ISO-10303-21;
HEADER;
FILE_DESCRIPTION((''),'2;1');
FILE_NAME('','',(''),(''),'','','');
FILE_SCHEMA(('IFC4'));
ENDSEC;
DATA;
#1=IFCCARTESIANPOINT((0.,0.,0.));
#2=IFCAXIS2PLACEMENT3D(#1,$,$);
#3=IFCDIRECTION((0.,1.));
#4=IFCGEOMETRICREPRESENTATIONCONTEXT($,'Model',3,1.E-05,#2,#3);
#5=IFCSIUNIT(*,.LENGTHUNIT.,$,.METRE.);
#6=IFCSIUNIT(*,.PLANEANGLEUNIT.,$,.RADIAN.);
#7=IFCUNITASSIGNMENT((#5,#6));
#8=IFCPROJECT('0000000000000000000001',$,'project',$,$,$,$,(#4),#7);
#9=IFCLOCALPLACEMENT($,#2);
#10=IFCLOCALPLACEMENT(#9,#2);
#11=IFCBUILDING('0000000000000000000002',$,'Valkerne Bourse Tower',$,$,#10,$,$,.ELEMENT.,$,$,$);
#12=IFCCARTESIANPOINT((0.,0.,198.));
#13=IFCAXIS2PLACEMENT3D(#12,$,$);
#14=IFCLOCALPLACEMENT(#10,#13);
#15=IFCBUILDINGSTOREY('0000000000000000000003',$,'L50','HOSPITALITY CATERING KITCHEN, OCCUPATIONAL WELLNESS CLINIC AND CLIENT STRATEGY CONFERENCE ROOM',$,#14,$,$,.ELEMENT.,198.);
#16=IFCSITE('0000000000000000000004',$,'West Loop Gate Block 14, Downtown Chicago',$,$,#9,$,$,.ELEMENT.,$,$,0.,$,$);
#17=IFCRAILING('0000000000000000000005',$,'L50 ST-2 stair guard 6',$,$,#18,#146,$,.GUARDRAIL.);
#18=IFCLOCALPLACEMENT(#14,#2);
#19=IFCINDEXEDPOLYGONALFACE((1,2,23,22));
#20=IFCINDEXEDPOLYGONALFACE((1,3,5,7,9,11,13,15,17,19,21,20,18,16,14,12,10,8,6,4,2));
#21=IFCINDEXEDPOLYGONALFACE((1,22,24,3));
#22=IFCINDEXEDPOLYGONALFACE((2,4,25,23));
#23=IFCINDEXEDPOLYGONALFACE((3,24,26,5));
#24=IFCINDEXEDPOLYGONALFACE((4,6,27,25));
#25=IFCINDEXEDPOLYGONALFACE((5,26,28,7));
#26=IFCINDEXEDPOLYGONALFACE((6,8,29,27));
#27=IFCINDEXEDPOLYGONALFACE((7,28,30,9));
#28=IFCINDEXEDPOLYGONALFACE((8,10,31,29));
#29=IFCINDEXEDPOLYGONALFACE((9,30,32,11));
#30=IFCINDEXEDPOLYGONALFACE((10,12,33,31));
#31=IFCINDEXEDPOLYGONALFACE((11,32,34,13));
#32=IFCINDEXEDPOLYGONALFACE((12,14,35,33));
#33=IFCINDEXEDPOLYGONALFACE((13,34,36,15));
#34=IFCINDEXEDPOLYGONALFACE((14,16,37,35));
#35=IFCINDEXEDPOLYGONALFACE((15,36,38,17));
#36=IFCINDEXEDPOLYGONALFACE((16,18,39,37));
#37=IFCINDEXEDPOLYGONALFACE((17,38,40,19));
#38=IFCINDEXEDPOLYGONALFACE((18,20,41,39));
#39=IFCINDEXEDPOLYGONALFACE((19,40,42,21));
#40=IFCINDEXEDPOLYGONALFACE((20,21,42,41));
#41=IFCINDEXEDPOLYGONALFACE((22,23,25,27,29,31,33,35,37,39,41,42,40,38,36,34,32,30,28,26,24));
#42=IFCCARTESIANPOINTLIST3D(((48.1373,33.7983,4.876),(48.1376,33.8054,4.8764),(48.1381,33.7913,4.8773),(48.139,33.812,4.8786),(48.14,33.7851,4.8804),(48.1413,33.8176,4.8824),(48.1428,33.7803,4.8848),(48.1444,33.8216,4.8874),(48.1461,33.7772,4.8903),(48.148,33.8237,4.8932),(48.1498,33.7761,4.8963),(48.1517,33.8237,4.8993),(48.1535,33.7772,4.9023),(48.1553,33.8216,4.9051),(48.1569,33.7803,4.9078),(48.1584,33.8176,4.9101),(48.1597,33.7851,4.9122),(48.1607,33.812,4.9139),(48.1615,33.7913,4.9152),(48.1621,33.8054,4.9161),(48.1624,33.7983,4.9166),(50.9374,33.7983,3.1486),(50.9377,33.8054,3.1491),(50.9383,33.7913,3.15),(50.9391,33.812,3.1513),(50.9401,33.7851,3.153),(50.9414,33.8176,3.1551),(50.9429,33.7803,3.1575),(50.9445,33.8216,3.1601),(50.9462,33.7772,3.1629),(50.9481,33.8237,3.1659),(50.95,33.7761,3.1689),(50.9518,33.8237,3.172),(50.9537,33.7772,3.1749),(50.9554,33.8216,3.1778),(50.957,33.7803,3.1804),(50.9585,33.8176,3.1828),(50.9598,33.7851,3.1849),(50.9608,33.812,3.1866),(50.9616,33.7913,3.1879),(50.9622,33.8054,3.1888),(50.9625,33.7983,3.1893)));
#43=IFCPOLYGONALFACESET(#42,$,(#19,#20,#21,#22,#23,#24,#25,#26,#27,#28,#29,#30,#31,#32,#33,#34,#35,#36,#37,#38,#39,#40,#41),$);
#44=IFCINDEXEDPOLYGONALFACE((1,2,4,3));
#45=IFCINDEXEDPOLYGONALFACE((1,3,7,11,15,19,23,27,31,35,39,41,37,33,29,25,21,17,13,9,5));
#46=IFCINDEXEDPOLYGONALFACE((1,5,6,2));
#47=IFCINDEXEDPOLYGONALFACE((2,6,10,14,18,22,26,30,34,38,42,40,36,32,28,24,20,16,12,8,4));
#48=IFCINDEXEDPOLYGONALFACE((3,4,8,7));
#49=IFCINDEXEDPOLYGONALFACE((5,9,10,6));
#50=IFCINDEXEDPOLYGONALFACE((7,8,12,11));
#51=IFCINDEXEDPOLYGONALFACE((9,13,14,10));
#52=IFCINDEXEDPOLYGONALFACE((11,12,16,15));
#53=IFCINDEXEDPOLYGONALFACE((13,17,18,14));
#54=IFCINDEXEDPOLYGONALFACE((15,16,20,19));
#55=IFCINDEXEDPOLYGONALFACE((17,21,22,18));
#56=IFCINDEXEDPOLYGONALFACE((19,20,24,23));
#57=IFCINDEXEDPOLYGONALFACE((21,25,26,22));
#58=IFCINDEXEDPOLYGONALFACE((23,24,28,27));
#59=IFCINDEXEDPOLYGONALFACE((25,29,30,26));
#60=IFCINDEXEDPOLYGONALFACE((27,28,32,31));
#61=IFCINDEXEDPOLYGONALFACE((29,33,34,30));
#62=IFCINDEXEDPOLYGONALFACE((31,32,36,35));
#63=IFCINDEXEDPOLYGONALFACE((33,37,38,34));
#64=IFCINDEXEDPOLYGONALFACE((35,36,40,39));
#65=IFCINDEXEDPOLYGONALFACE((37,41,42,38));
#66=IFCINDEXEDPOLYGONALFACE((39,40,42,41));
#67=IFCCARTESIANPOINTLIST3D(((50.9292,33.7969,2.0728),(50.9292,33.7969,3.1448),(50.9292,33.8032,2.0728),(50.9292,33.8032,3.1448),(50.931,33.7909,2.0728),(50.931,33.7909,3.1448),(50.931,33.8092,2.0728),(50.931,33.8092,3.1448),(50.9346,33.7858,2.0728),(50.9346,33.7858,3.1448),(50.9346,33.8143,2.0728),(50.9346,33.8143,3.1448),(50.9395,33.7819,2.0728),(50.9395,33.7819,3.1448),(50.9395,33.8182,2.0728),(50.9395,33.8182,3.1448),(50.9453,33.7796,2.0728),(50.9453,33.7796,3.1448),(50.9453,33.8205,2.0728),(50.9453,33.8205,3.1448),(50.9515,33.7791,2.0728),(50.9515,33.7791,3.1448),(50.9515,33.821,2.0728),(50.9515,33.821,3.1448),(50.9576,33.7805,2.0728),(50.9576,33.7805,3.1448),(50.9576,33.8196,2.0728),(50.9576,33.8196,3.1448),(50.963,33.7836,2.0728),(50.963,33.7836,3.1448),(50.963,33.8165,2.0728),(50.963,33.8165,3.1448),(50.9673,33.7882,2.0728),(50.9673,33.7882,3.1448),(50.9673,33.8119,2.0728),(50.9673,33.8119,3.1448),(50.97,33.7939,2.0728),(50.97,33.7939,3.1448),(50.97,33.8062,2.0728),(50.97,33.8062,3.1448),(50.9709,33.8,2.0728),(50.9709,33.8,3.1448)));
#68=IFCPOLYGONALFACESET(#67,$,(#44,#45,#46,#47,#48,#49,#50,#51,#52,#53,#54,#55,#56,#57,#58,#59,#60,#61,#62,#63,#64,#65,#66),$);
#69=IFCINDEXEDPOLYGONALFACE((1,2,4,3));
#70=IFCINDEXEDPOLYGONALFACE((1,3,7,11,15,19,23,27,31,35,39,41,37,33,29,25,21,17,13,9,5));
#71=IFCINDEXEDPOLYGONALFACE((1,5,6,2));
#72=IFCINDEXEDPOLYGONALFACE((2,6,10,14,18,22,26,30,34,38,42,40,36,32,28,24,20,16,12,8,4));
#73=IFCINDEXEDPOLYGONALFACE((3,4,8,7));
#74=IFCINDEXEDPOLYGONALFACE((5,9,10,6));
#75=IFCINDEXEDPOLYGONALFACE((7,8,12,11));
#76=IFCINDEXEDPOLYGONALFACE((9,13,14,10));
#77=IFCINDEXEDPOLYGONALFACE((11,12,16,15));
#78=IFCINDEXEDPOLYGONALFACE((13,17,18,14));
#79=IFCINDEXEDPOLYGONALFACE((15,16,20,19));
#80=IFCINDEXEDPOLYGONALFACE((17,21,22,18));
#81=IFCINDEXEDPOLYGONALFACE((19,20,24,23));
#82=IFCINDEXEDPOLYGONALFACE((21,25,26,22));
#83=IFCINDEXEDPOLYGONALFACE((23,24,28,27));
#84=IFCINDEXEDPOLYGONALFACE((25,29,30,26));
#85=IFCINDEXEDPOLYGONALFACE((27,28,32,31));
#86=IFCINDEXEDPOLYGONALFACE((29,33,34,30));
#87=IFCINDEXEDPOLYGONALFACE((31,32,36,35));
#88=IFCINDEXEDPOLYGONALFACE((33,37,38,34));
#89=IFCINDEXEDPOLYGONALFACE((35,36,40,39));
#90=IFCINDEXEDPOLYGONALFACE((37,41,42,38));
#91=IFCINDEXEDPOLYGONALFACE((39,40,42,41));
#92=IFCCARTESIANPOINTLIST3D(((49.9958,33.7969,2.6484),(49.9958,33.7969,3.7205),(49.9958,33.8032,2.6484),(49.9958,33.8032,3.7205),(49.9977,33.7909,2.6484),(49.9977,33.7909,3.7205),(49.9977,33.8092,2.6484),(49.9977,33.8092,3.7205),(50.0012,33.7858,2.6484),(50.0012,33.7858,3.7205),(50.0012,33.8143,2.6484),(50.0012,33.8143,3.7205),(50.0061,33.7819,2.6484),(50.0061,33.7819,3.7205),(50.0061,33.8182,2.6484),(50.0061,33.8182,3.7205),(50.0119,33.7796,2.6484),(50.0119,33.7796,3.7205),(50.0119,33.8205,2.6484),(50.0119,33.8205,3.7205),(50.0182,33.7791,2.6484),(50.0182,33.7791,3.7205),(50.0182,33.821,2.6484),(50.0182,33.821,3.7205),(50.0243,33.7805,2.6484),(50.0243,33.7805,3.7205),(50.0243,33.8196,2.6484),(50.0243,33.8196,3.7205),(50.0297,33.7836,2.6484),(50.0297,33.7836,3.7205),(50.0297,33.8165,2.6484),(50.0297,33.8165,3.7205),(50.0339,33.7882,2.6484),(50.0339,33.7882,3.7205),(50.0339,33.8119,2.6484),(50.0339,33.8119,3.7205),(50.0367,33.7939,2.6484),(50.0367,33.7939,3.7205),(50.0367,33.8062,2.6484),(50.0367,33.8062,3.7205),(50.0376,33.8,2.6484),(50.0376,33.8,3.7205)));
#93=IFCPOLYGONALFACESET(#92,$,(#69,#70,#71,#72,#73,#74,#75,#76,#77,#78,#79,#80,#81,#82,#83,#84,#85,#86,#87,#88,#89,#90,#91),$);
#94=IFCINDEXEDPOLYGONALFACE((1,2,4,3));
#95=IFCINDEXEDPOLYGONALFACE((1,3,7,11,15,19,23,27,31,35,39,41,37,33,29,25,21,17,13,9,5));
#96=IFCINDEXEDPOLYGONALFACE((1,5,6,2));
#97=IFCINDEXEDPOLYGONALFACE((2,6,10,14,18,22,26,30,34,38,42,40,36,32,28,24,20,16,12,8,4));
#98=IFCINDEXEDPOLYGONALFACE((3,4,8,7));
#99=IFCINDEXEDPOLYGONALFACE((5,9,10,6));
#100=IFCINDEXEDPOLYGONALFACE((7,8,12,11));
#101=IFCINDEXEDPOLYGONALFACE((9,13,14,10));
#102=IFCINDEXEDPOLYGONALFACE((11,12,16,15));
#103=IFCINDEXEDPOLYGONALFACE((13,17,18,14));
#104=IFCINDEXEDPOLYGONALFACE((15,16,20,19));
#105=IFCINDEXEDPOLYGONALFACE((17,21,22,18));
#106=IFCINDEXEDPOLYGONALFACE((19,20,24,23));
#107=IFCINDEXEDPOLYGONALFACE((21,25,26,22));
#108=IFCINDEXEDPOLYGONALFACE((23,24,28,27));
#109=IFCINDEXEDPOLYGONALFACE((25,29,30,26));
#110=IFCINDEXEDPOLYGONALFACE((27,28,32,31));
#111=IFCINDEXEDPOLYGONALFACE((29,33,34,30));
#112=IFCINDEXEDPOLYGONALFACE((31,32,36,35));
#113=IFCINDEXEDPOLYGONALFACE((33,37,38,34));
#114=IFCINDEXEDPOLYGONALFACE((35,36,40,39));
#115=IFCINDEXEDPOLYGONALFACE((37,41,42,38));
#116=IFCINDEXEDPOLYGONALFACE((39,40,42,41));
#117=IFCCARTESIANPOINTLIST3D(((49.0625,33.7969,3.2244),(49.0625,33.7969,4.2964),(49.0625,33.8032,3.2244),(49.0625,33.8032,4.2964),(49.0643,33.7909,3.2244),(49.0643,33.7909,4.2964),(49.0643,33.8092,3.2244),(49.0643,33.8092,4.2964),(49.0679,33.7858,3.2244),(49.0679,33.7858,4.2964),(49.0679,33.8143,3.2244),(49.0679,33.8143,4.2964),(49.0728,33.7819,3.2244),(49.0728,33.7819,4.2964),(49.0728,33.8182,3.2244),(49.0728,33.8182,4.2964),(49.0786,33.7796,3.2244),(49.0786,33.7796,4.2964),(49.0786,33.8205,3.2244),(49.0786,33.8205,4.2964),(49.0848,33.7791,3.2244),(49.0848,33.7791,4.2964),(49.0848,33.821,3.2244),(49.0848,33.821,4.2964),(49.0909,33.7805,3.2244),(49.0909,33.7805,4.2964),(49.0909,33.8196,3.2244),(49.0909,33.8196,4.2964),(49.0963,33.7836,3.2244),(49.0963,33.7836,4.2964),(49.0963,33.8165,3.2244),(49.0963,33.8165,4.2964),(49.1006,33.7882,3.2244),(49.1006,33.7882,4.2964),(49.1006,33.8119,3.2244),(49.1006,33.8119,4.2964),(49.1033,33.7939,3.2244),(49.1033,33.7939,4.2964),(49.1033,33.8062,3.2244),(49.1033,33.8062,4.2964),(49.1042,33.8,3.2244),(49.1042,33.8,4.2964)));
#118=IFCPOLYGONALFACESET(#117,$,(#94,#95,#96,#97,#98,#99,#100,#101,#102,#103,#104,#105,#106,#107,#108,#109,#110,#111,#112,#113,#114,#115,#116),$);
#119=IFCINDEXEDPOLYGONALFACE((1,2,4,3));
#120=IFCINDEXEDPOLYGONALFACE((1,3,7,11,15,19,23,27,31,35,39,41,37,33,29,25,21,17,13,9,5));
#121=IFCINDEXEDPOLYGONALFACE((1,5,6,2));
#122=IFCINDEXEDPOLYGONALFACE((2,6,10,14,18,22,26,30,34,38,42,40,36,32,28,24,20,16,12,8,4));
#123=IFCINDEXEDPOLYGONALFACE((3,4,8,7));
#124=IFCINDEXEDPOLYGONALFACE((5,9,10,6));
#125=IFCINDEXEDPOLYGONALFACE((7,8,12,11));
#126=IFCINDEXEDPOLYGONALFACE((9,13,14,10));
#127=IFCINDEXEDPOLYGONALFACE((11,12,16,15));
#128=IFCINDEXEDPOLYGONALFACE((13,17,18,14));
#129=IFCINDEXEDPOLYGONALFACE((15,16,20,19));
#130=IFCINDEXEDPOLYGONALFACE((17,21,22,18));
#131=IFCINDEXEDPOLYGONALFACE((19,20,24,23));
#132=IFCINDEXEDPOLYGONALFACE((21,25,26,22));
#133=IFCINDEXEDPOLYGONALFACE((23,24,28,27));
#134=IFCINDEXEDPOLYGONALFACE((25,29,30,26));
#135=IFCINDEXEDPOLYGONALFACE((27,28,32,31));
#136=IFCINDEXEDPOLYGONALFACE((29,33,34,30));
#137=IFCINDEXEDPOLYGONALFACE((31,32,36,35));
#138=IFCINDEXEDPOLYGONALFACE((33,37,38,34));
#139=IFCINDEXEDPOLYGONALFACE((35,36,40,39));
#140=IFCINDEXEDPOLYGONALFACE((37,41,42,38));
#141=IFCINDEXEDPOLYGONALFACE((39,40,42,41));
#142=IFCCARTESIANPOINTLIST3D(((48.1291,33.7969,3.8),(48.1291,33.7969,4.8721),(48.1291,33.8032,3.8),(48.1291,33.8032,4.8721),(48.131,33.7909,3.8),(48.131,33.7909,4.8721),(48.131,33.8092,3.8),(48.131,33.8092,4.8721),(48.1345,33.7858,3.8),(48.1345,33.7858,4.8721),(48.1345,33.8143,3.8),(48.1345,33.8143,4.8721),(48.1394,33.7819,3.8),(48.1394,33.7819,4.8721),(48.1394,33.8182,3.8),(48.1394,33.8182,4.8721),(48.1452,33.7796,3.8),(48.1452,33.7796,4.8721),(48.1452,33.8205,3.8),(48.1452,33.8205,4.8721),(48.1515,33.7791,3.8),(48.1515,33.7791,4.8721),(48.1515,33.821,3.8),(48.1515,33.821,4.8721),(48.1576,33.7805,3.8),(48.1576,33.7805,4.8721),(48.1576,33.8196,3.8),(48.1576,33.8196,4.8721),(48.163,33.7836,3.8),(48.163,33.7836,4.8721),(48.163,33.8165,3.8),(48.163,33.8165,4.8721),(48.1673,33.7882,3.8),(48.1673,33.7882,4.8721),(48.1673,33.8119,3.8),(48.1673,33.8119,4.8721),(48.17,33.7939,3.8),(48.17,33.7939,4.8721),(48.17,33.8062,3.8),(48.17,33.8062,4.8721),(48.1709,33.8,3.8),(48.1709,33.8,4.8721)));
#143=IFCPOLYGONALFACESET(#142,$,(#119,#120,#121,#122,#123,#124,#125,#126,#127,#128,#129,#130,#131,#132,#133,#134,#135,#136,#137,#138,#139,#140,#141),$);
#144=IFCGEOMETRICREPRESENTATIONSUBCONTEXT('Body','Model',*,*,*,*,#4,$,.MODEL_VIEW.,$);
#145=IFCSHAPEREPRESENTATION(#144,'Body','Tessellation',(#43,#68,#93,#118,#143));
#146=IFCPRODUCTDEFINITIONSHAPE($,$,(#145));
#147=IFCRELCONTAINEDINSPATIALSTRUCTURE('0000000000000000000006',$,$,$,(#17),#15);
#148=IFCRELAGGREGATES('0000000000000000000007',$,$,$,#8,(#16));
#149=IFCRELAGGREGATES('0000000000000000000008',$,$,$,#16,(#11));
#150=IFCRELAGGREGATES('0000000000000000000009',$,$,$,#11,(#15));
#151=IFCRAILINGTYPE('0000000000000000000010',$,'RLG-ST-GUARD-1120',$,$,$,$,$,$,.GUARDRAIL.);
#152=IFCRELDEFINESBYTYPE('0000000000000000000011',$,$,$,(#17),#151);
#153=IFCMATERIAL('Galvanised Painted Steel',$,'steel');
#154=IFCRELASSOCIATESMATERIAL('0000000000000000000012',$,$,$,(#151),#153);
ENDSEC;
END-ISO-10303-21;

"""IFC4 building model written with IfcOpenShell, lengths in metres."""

from ifc_helpers import new_model, si_unit, direction, frame, origin, origin_2d, place, context, subcontext, project, spatial, circle, extrude, material, type_object, element, save


model = new_model("IFC4")

# Units and contexts
model_context = context("Model", 3, precision=1e-05, world=origin(), true_north=direction((0.0, 1.0)))
body_context = subcontext(model_context, "Body", "Model", "MODEL_VIEW")
ifc_project = project(units=[si_unit("LENGTHUNIT", "METRE"), si_unit("PLANEANGLEUNIT", "RADIAN")], contexts=[model_context])

# Site, building, storey
site_placement = place(None, origin())
site = spatial("IfcSite", under=ifc_project, at=site_placement, Name="West Loop Gate Block 14, Downtown Chicago", CompositionType="ELEMENT", RefElevation=0.0)
building_placement = place(site_placement, origin())
building = spatial("IfcBuilding", under=site, at=building_placement, Name="Valkerne Bourse Tower", CompositionType="ELEMENT")
storey_placement = place(building_placement, frame((0.0, 0.0, 198.0)))
storey = spatial("IfcBuildingStorey", under=building, at=storey_placement, Name="L50", Description="HOSPITALITY CATERING KITCHEN, OCCUPATIONAL WELLNESS CLINIC AND CLIENT STRATEGY CONFERENCE ROOM", CompositionType="ELEMENT", Elevation=198.0)

# Shared definitions
ifc_material_1 = material(Name="Galvanised Painted Steel", Category="steel")

# Railing
railing_type_1 = type_object("IfcRailingType", Name="RLG-ST-GUARD-1120", PredefinedType="GUARDRAIL", material=ifc_material_1)
railing_1_placement = place(storey_placement, frame((50.95, 33.8, 2.0728)))
element("IfcRailing", 1, at=railing_1_placement, inside=storey, type_object=railing_type_1, Name="L50 ST-2 stair guard 6", PredefinedType="GUARDRAIL", context=body_context, shape_type="SweptSolid", body=[
    extrude(circle(Radius=0.0239, at=origin_2d()), frame((0.0, 0.0, 1.0962), z_axis=(-0.85109, 0.0, 0.52502), x_axis=(0.0, -1.0, 0.0)), (0.0, 0.0, 1.0), 3.29),
    extrude(circle(Radius=0.021, at=origin_2d()), origin(), (0.0, 0.0, 1.0), 1.072),
    extrude(circle(Radius=0.021, at=origin_2d()), frame((-0.9333, 0.0, 0.5757)), (0.0, 0.0, 1.0), 1.072),
    extrude(circle(Radius=0.021, at=origin_2d()), frame((-1.8667, 0.0, 1.1516)), (0.0, 0.0, 1.0), 1.072),
    extrude(circle(Radius=0.021, at=origin_2d()), frame((-2.8, 0.0, 1.7273)), (0.0, 0.0, 1.0), 1.072),
])

save(model, "model.ifc")
